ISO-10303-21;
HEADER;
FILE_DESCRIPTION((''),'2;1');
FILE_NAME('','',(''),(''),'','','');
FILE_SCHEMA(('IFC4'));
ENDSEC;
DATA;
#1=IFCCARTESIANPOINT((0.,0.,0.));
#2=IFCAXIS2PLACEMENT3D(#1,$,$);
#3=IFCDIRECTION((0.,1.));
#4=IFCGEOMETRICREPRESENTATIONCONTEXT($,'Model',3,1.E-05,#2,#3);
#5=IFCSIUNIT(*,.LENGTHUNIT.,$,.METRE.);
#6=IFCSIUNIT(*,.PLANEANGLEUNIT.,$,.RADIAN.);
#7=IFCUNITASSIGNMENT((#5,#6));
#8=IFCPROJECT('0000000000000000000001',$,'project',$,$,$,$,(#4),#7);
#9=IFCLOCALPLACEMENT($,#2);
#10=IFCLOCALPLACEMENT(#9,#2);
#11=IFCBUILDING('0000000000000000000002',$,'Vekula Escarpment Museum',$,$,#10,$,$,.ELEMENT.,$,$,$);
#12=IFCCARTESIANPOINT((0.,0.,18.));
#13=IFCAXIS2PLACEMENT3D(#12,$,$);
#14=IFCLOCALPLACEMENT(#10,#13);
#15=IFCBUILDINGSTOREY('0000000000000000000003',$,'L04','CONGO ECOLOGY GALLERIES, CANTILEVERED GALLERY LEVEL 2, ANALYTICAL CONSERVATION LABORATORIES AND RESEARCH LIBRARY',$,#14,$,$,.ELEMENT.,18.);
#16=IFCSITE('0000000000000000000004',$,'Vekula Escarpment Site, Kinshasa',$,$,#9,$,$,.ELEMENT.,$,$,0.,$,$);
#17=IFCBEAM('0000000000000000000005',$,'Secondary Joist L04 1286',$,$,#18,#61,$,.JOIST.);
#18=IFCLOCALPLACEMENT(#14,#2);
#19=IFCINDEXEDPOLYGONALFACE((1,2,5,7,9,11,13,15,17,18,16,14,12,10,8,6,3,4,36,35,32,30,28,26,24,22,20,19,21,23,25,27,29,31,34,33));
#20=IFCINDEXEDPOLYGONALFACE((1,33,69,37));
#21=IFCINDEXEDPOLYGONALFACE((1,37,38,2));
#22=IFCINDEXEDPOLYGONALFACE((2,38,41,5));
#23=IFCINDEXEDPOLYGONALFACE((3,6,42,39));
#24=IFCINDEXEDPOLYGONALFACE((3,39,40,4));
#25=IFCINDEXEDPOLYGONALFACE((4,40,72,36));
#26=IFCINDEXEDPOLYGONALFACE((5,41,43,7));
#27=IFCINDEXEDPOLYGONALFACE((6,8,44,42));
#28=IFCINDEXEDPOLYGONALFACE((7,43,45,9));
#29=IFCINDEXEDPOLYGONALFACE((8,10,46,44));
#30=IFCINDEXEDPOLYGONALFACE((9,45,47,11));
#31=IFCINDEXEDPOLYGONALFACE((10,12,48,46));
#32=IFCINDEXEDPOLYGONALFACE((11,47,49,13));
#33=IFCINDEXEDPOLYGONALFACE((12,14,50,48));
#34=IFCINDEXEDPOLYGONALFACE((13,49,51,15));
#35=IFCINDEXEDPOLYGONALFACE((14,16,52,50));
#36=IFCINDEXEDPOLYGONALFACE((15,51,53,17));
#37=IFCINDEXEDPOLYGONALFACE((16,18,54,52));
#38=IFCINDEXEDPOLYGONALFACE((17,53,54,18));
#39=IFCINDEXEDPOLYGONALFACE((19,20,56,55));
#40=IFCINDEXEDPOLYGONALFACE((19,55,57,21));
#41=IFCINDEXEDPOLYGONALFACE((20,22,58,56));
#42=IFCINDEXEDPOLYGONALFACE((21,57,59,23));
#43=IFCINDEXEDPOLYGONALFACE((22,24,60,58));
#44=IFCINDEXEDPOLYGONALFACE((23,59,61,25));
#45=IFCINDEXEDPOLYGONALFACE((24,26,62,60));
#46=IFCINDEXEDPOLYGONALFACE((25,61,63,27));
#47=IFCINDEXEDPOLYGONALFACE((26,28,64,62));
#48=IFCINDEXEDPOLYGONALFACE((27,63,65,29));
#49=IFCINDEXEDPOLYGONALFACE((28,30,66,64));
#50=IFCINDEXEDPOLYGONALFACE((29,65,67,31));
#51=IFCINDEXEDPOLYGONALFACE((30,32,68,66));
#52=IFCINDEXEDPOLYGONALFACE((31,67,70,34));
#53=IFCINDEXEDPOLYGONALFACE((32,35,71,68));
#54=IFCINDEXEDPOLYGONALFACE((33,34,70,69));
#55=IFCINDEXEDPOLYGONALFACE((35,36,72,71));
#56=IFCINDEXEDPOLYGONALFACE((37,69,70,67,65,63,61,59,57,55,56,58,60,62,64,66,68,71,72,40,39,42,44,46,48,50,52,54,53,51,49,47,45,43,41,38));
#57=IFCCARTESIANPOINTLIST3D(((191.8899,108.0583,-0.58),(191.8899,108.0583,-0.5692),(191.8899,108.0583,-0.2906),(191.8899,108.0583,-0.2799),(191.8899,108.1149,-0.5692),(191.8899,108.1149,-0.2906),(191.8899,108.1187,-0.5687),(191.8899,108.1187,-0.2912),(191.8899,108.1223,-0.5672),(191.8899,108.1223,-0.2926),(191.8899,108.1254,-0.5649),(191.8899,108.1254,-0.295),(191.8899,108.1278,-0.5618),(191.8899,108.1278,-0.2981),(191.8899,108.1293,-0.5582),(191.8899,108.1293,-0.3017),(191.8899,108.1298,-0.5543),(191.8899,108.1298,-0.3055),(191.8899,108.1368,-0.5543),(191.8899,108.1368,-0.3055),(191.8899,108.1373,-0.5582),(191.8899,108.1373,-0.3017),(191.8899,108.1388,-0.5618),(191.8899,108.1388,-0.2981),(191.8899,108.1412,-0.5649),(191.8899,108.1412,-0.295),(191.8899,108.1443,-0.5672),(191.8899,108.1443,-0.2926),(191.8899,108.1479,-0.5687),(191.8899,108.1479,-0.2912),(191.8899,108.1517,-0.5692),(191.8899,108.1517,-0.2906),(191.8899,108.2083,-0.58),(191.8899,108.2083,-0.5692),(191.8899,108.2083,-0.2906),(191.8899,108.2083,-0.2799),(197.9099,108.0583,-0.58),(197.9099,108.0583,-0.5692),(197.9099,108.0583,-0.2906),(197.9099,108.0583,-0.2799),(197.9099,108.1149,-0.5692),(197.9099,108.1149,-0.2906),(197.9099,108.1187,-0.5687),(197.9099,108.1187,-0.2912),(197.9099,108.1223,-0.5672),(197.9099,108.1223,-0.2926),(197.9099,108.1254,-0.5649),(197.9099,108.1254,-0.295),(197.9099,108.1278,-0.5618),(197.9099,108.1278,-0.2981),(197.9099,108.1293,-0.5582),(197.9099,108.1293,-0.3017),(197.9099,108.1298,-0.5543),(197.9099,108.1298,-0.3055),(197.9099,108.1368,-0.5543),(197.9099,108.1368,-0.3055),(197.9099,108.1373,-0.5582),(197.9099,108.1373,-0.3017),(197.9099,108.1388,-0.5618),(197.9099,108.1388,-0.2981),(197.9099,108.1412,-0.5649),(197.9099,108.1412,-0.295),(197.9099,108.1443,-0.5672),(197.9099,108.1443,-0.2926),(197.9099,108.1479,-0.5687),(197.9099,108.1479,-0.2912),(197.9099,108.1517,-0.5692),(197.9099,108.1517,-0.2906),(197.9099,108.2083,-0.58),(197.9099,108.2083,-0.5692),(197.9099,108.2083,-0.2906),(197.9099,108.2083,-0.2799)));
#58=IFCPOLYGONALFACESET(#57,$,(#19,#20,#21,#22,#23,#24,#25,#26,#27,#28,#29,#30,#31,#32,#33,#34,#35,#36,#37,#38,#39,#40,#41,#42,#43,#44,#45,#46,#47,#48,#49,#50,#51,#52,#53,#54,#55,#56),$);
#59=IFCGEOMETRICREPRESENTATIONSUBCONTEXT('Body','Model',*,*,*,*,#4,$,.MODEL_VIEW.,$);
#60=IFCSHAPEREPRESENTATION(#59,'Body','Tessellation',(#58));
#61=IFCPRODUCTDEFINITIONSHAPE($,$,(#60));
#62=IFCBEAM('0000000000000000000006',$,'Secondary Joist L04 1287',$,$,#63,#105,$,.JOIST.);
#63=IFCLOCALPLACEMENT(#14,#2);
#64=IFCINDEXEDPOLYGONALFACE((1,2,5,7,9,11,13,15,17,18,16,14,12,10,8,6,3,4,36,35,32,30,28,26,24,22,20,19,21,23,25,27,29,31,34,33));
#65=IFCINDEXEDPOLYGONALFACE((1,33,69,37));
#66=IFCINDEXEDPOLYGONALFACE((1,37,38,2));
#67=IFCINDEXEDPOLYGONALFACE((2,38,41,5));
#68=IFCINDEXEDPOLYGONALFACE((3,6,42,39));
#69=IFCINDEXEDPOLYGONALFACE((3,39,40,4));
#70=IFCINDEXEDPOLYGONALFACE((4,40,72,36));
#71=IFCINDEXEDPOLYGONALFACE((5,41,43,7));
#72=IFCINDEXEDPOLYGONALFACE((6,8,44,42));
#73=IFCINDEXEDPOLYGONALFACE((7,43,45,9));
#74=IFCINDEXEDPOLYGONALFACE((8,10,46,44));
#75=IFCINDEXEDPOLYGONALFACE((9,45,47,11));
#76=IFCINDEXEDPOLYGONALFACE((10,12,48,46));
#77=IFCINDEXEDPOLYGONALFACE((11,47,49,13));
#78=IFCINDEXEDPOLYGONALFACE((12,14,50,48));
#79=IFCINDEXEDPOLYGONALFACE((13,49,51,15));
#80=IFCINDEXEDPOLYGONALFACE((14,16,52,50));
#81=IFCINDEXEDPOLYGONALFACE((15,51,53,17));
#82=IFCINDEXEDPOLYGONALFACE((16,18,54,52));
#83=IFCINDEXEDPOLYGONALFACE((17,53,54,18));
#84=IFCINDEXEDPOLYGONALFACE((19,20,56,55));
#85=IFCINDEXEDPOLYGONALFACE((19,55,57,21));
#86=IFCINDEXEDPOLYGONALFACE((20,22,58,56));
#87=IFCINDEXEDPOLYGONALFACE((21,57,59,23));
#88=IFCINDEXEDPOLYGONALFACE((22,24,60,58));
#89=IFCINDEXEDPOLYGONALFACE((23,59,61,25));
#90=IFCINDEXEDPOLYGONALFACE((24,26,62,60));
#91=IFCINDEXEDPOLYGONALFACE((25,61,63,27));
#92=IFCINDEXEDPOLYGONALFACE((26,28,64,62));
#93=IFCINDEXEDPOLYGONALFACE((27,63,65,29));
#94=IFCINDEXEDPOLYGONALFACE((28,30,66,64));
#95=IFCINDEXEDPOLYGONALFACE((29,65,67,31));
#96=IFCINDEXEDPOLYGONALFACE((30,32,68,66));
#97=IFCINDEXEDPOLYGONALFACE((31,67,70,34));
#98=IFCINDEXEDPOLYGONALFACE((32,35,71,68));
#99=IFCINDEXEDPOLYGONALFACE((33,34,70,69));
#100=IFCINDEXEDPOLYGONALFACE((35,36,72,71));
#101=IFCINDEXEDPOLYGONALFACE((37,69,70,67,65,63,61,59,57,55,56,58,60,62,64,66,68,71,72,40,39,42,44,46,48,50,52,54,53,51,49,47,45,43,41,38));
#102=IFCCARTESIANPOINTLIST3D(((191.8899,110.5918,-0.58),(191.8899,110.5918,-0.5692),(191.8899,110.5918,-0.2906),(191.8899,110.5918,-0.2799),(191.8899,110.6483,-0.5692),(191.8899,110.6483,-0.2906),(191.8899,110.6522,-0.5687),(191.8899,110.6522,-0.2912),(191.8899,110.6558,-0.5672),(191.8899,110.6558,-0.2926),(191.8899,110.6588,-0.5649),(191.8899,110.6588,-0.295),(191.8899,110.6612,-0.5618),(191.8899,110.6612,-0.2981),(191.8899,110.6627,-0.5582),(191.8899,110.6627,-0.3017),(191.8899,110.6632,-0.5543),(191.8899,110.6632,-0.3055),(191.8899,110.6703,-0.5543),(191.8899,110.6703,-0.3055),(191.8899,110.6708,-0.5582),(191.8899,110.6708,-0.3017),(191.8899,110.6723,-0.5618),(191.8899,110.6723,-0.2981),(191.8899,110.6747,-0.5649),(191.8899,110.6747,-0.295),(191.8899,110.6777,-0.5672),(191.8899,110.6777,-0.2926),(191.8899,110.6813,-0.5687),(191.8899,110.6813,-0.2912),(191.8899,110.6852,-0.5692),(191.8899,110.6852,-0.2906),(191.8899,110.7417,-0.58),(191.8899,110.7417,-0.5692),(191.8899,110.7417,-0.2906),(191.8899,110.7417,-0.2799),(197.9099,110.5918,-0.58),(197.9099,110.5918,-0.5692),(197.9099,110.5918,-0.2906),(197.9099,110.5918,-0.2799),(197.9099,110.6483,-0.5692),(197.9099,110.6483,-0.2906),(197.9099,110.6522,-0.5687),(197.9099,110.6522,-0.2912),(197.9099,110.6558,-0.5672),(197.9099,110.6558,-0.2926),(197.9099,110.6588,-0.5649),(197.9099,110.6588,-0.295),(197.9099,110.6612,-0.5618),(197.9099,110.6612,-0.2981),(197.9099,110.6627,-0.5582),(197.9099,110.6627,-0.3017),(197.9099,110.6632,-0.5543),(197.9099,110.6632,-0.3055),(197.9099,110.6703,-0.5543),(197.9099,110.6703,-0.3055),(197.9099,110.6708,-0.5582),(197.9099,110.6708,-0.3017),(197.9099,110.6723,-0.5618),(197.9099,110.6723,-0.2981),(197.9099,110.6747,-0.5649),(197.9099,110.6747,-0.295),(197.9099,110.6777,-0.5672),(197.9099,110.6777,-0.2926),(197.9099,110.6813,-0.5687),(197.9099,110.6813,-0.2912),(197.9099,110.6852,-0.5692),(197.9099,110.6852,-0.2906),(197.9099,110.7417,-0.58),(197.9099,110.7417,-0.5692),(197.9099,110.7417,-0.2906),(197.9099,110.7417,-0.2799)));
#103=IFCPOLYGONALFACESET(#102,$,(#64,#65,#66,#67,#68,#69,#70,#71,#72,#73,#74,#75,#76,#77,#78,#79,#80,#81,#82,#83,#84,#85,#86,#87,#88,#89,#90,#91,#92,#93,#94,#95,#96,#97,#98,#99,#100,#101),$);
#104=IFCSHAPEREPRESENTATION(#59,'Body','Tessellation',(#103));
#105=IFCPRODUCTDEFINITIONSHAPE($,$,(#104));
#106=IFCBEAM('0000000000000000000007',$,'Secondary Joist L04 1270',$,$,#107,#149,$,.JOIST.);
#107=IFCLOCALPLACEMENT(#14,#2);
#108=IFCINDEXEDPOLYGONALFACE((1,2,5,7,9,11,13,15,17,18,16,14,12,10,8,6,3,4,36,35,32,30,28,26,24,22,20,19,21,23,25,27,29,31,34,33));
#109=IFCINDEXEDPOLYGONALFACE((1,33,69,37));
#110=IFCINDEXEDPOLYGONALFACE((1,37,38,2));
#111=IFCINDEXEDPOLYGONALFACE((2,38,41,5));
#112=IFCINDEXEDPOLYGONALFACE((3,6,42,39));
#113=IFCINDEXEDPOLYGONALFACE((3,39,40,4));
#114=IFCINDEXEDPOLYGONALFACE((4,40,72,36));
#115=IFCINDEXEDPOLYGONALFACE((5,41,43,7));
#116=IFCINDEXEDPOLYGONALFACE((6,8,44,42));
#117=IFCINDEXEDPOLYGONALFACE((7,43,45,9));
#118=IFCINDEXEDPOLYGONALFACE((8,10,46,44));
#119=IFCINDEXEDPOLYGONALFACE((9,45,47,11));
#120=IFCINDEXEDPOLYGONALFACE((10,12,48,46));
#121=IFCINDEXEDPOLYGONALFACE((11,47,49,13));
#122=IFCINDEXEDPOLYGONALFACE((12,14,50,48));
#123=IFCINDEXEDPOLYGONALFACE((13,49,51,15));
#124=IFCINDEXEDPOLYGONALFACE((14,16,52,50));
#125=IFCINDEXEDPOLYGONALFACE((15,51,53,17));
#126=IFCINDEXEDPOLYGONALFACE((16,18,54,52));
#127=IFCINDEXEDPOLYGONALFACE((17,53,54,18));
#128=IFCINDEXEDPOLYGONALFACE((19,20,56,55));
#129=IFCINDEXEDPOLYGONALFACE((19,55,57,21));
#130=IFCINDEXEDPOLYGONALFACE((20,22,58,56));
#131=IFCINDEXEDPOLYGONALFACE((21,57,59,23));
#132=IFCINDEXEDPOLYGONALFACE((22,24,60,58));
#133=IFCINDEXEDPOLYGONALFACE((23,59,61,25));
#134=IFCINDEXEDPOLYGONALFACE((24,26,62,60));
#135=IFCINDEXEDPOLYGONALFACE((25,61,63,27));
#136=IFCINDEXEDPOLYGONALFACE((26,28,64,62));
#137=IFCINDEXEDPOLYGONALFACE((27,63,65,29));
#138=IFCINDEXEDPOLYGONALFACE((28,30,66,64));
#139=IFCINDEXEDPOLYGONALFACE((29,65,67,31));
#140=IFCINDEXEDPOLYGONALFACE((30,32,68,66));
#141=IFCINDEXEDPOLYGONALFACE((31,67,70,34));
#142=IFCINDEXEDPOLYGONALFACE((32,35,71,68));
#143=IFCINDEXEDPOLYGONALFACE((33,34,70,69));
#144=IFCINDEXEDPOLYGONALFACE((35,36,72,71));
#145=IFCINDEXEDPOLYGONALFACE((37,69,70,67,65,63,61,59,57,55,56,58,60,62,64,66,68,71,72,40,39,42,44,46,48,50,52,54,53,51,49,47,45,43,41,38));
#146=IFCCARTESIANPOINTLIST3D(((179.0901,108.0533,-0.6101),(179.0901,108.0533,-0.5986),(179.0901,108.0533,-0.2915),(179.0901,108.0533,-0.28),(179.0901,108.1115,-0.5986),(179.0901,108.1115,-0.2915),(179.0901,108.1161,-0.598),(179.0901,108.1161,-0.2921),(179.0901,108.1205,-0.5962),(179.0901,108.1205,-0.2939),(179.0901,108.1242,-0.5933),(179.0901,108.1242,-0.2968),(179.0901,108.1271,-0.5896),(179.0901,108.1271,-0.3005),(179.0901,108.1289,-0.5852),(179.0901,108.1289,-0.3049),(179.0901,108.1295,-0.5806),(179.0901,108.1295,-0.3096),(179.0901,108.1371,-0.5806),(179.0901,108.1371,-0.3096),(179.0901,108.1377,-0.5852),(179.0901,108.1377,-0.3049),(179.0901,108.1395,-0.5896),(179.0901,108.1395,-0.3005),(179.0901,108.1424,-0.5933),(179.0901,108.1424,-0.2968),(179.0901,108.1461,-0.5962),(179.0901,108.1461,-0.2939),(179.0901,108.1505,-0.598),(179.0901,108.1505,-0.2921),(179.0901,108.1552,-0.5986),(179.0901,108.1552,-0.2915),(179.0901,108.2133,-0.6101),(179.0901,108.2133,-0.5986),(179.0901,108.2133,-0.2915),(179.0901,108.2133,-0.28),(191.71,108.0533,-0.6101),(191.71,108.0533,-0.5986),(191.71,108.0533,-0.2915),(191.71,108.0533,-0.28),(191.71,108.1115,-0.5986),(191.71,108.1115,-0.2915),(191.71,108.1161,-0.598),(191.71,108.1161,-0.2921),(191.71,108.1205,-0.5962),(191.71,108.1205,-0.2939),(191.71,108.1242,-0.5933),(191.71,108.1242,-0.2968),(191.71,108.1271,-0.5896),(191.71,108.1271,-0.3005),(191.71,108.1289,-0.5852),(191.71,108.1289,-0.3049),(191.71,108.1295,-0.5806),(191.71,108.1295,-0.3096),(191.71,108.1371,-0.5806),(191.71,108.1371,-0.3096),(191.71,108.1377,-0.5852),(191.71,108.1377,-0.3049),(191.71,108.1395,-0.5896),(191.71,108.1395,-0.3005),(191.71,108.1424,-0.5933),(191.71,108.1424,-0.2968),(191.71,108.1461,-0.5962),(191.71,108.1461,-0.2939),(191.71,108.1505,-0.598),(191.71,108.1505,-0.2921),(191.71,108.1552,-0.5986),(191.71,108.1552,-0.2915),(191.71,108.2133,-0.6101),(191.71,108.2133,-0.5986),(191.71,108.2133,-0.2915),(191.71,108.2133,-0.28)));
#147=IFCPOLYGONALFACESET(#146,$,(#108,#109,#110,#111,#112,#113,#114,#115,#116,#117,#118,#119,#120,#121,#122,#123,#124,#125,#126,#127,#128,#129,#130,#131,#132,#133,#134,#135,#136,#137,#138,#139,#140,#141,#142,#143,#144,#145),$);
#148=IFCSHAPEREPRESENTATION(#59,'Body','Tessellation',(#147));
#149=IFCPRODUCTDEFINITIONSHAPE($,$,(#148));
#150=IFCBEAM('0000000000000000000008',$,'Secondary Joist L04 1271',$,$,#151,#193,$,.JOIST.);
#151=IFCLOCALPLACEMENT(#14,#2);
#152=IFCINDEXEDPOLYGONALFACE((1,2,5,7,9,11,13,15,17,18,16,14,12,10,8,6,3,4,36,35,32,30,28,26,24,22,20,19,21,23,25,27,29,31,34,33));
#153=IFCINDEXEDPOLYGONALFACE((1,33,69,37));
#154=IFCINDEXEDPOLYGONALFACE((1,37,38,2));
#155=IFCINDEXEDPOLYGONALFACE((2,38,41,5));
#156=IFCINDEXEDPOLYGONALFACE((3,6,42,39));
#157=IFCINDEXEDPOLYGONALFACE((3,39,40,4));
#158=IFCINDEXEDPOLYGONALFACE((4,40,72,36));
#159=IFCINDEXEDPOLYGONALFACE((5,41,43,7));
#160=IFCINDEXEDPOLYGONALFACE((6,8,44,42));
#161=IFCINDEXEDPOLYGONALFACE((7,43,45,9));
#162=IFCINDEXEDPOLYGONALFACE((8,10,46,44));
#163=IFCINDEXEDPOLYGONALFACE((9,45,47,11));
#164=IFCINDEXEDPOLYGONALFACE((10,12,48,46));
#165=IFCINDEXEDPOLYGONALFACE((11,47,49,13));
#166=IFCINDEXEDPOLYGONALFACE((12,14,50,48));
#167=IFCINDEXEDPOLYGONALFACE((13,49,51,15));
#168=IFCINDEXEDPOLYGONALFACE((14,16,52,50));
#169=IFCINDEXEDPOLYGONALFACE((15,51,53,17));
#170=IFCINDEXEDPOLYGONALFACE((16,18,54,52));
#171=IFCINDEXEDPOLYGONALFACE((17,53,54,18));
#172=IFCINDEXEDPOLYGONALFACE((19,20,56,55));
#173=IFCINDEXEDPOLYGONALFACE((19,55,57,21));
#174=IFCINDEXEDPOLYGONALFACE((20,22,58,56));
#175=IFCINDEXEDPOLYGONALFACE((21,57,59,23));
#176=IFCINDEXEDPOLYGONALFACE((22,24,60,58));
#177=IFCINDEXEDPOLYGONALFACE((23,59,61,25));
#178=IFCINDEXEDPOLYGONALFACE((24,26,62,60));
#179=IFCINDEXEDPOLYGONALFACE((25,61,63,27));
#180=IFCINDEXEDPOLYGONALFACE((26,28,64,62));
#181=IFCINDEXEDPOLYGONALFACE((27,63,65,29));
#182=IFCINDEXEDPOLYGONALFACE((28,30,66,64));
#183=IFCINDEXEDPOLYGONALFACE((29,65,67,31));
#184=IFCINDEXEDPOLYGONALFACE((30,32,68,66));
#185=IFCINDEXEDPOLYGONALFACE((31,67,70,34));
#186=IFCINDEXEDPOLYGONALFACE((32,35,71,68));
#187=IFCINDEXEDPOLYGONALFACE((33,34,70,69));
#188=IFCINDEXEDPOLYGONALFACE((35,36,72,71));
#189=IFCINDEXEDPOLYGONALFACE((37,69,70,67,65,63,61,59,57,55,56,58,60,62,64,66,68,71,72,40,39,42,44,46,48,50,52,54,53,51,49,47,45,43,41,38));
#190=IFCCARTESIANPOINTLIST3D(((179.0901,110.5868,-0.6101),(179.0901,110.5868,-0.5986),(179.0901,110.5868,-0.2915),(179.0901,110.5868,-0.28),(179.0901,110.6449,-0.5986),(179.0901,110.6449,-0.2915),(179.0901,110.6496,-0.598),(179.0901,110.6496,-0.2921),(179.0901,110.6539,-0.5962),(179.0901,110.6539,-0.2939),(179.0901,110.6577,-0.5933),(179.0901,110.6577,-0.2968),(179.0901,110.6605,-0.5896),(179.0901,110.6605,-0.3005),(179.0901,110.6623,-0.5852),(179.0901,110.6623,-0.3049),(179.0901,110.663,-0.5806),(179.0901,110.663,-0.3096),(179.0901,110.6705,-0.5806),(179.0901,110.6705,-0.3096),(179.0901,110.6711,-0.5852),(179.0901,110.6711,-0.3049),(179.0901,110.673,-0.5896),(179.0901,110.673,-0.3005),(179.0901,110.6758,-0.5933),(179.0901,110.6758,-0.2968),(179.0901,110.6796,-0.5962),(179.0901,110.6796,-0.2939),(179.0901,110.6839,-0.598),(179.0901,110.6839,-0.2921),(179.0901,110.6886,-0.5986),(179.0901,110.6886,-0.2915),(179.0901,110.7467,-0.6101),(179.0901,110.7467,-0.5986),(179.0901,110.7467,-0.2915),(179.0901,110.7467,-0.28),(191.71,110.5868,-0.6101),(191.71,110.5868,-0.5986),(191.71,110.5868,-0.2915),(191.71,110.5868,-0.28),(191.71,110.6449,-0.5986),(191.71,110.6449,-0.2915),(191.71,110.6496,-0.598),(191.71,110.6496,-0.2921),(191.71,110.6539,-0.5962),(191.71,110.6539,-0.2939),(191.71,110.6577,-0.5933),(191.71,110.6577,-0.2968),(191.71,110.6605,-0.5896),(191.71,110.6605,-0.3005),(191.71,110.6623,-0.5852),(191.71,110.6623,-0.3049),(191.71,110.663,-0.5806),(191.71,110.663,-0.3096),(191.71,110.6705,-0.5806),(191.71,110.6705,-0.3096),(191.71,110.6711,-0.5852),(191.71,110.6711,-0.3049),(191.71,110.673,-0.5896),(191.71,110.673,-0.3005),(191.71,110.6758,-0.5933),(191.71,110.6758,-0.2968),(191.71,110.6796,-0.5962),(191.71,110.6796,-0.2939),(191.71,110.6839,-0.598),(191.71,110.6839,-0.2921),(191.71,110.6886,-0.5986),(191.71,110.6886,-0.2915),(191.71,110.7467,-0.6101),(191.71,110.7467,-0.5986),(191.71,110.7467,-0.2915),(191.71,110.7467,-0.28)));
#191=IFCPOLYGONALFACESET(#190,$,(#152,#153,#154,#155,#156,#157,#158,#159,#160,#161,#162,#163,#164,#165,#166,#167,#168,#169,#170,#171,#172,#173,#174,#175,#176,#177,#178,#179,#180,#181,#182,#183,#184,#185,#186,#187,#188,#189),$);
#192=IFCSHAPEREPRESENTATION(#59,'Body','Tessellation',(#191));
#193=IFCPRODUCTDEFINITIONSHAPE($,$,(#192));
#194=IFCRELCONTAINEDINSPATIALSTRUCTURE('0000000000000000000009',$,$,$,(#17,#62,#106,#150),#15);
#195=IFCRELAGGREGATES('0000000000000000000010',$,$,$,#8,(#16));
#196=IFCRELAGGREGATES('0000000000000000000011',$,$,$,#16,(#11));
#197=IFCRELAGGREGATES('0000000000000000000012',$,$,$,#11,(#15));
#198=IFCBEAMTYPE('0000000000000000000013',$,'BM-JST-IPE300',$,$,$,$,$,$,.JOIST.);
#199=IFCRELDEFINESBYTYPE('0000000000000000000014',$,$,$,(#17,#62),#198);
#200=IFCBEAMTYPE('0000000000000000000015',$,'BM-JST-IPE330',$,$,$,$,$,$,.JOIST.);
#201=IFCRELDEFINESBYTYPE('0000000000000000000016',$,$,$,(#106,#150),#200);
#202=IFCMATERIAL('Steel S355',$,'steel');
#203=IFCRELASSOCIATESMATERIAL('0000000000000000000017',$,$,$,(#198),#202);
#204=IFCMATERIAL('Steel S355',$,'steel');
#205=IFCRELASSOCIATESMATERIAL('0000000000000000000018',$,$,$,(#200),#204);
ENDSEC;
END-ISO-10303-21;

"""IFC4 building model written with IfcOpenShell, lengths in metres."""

from ifc_helpers import new_model, si_unit, direction, frame, origin, origin_2d, place, context, subcontext, project, spatial, i_section, extrude, material, material_profile, profile_set, type_object, element, save


model = new_model("IFC4")

# Units and contexts
model_context = context("Model", 3, precision=1e-05, world=origin(), true_north=direction((0.0, 1.0)))
body_context = subcontext(model_context, "Body", "Model", "MODEL_VIEW")
ifc_project = project(units=[si_unit("LENGTHUNIT", "METRE"), si_unit("PLANEANGLEUNIT", "RADIAN")], contexts=[model_context])

# Site, building, storey
site_placement = place(None, origin())
site = spatial("IfcSite", under=ifc_project, at=site_placement, Name="Vekula Escarpment Site, Kinshasa", CompositionType="ELEMENT", RefElevation=0.0)
building_placement = place(site_placement, origin())
building = spatial("IfcBuilding", under=site, at=building_placement, Name="Vekula Escarpment Museum", CompositionType="ELEMENT")
storey_placement = place(building_placement, frame((0.0, 0.0, 18.0)))
storey = spatial("IfcBuildingStorey", under=building, at=storey_placement, Name="L04", Description="CONGO ECOLOGY GALLERIES, CANTILEVERED GALLERY LEVEL 2, ANALYTICAL CONSERVATION LABORATORIES AND RESEARCH LIBRARY", CompositionType="ELEMENT", Elevation=18.0)

# Beams
ifc_material_1 = material(Name="Steel S355", Category="steel")
ifc_material_profile_1 = material_profile(ifc_material_1, i_section(OverallWidth=0.1499, OverallDepth=0.3, WebThickness=0.0071, FlangeThickness=0.0107, FilletRadius=0.0149, at=origin_2d()), Name="IPE 300")
ifc_profile_set_1 = profile_set([ifc_material_profile_1], Name="Steel S355")
beam_type_1 = type_object("IfcBeamType", Name="BM-JST-IPE300", PredefinedType="JOIST", material=ifc_profile_set_1)
for number, where, z_axis, x_axis, name in (
    (1, (191.8899, 108.1333, -0.4299), (1.0, 0.0, 0.0), (0.0, 1.0, 0.0), "Secondary Joist L04 1286"),
    (2, (191.8899, 110.6667, -0.4299), (1.0, 0.0, 0.0), (0.0, 1.0, 0.0), "Secondary Joist L04 1287"),
):
    element("IfcBeam", number, at=place(storey_placement, frame(where, z_axis=z_axis, x_axis=x_axis)), inside=storey, type_object=beam_type_1, Name=name, PredefinedType="JOIST", context=body_context, shape_type="SweptSolid", body=[
        extrude(i_section(OverallWidth=0.1499, OverallDepth=0.3, WebThickness=0.0071, FlangeThickness=0.0107, FilletRadius=0.0149, at=origin_2d()), origin(), (0.0, 0.0, 1.0), 6.02),
    ])
ifc_material_2 = material(Name="Steel S355", Category="steel")
ifc_material_profile_2 = material_profile(ifc_material_2, i_section(OverallWidth=0.1599, OverallDepth=0.3301, WebThickness=0.0076, FlangeThickness=0.0115, FilletRadius=0.0181, at=origin_2d()), Name="IPE 330")
ifc_profile_set_2 = profile_set([ifc_material_profile_2], Name="Steel S355")
beam_type_2 = type_object("IfcBeamType", Name="BM-JST-IPE330", PredefinedType="JOIST", material=ifc_profile_set_2)
for number, where, z_axis, x_axis, name in (
    (3, (179.0901, 108.1333, -0.4451), (1.0, 0.0, 0.0), (0.0, 1.0, 0.0), "Secondary Joist L04 1270"),
    (4, (179.0901, 110.6667, -0.4451), (1.0, 0.0, 0.0), (0.0, 1.0, 0.0), "Secondary Joist L04 1271"),
):
    element("IfcBeam", number, at=place(storey_placement, frame(where, z_axis=z_axis, x_axis=x_axis)), inside=storey, type_object=beam_type_2, Name=name, PredefinedType="JOIST", context=body_context, shape_type="SweptSolid", body=[
        extrude(i_section(OverallWidth=0.1599, OverallDepth=0.3301, WebThickness=0.0076, FlangeThickness=0.0115, FilletRadius=0.0181, at=origin_2d()), origin(), (0.0, 0.0, 1.0), 12.6199),
    ])

save(model, "model.ifc")
